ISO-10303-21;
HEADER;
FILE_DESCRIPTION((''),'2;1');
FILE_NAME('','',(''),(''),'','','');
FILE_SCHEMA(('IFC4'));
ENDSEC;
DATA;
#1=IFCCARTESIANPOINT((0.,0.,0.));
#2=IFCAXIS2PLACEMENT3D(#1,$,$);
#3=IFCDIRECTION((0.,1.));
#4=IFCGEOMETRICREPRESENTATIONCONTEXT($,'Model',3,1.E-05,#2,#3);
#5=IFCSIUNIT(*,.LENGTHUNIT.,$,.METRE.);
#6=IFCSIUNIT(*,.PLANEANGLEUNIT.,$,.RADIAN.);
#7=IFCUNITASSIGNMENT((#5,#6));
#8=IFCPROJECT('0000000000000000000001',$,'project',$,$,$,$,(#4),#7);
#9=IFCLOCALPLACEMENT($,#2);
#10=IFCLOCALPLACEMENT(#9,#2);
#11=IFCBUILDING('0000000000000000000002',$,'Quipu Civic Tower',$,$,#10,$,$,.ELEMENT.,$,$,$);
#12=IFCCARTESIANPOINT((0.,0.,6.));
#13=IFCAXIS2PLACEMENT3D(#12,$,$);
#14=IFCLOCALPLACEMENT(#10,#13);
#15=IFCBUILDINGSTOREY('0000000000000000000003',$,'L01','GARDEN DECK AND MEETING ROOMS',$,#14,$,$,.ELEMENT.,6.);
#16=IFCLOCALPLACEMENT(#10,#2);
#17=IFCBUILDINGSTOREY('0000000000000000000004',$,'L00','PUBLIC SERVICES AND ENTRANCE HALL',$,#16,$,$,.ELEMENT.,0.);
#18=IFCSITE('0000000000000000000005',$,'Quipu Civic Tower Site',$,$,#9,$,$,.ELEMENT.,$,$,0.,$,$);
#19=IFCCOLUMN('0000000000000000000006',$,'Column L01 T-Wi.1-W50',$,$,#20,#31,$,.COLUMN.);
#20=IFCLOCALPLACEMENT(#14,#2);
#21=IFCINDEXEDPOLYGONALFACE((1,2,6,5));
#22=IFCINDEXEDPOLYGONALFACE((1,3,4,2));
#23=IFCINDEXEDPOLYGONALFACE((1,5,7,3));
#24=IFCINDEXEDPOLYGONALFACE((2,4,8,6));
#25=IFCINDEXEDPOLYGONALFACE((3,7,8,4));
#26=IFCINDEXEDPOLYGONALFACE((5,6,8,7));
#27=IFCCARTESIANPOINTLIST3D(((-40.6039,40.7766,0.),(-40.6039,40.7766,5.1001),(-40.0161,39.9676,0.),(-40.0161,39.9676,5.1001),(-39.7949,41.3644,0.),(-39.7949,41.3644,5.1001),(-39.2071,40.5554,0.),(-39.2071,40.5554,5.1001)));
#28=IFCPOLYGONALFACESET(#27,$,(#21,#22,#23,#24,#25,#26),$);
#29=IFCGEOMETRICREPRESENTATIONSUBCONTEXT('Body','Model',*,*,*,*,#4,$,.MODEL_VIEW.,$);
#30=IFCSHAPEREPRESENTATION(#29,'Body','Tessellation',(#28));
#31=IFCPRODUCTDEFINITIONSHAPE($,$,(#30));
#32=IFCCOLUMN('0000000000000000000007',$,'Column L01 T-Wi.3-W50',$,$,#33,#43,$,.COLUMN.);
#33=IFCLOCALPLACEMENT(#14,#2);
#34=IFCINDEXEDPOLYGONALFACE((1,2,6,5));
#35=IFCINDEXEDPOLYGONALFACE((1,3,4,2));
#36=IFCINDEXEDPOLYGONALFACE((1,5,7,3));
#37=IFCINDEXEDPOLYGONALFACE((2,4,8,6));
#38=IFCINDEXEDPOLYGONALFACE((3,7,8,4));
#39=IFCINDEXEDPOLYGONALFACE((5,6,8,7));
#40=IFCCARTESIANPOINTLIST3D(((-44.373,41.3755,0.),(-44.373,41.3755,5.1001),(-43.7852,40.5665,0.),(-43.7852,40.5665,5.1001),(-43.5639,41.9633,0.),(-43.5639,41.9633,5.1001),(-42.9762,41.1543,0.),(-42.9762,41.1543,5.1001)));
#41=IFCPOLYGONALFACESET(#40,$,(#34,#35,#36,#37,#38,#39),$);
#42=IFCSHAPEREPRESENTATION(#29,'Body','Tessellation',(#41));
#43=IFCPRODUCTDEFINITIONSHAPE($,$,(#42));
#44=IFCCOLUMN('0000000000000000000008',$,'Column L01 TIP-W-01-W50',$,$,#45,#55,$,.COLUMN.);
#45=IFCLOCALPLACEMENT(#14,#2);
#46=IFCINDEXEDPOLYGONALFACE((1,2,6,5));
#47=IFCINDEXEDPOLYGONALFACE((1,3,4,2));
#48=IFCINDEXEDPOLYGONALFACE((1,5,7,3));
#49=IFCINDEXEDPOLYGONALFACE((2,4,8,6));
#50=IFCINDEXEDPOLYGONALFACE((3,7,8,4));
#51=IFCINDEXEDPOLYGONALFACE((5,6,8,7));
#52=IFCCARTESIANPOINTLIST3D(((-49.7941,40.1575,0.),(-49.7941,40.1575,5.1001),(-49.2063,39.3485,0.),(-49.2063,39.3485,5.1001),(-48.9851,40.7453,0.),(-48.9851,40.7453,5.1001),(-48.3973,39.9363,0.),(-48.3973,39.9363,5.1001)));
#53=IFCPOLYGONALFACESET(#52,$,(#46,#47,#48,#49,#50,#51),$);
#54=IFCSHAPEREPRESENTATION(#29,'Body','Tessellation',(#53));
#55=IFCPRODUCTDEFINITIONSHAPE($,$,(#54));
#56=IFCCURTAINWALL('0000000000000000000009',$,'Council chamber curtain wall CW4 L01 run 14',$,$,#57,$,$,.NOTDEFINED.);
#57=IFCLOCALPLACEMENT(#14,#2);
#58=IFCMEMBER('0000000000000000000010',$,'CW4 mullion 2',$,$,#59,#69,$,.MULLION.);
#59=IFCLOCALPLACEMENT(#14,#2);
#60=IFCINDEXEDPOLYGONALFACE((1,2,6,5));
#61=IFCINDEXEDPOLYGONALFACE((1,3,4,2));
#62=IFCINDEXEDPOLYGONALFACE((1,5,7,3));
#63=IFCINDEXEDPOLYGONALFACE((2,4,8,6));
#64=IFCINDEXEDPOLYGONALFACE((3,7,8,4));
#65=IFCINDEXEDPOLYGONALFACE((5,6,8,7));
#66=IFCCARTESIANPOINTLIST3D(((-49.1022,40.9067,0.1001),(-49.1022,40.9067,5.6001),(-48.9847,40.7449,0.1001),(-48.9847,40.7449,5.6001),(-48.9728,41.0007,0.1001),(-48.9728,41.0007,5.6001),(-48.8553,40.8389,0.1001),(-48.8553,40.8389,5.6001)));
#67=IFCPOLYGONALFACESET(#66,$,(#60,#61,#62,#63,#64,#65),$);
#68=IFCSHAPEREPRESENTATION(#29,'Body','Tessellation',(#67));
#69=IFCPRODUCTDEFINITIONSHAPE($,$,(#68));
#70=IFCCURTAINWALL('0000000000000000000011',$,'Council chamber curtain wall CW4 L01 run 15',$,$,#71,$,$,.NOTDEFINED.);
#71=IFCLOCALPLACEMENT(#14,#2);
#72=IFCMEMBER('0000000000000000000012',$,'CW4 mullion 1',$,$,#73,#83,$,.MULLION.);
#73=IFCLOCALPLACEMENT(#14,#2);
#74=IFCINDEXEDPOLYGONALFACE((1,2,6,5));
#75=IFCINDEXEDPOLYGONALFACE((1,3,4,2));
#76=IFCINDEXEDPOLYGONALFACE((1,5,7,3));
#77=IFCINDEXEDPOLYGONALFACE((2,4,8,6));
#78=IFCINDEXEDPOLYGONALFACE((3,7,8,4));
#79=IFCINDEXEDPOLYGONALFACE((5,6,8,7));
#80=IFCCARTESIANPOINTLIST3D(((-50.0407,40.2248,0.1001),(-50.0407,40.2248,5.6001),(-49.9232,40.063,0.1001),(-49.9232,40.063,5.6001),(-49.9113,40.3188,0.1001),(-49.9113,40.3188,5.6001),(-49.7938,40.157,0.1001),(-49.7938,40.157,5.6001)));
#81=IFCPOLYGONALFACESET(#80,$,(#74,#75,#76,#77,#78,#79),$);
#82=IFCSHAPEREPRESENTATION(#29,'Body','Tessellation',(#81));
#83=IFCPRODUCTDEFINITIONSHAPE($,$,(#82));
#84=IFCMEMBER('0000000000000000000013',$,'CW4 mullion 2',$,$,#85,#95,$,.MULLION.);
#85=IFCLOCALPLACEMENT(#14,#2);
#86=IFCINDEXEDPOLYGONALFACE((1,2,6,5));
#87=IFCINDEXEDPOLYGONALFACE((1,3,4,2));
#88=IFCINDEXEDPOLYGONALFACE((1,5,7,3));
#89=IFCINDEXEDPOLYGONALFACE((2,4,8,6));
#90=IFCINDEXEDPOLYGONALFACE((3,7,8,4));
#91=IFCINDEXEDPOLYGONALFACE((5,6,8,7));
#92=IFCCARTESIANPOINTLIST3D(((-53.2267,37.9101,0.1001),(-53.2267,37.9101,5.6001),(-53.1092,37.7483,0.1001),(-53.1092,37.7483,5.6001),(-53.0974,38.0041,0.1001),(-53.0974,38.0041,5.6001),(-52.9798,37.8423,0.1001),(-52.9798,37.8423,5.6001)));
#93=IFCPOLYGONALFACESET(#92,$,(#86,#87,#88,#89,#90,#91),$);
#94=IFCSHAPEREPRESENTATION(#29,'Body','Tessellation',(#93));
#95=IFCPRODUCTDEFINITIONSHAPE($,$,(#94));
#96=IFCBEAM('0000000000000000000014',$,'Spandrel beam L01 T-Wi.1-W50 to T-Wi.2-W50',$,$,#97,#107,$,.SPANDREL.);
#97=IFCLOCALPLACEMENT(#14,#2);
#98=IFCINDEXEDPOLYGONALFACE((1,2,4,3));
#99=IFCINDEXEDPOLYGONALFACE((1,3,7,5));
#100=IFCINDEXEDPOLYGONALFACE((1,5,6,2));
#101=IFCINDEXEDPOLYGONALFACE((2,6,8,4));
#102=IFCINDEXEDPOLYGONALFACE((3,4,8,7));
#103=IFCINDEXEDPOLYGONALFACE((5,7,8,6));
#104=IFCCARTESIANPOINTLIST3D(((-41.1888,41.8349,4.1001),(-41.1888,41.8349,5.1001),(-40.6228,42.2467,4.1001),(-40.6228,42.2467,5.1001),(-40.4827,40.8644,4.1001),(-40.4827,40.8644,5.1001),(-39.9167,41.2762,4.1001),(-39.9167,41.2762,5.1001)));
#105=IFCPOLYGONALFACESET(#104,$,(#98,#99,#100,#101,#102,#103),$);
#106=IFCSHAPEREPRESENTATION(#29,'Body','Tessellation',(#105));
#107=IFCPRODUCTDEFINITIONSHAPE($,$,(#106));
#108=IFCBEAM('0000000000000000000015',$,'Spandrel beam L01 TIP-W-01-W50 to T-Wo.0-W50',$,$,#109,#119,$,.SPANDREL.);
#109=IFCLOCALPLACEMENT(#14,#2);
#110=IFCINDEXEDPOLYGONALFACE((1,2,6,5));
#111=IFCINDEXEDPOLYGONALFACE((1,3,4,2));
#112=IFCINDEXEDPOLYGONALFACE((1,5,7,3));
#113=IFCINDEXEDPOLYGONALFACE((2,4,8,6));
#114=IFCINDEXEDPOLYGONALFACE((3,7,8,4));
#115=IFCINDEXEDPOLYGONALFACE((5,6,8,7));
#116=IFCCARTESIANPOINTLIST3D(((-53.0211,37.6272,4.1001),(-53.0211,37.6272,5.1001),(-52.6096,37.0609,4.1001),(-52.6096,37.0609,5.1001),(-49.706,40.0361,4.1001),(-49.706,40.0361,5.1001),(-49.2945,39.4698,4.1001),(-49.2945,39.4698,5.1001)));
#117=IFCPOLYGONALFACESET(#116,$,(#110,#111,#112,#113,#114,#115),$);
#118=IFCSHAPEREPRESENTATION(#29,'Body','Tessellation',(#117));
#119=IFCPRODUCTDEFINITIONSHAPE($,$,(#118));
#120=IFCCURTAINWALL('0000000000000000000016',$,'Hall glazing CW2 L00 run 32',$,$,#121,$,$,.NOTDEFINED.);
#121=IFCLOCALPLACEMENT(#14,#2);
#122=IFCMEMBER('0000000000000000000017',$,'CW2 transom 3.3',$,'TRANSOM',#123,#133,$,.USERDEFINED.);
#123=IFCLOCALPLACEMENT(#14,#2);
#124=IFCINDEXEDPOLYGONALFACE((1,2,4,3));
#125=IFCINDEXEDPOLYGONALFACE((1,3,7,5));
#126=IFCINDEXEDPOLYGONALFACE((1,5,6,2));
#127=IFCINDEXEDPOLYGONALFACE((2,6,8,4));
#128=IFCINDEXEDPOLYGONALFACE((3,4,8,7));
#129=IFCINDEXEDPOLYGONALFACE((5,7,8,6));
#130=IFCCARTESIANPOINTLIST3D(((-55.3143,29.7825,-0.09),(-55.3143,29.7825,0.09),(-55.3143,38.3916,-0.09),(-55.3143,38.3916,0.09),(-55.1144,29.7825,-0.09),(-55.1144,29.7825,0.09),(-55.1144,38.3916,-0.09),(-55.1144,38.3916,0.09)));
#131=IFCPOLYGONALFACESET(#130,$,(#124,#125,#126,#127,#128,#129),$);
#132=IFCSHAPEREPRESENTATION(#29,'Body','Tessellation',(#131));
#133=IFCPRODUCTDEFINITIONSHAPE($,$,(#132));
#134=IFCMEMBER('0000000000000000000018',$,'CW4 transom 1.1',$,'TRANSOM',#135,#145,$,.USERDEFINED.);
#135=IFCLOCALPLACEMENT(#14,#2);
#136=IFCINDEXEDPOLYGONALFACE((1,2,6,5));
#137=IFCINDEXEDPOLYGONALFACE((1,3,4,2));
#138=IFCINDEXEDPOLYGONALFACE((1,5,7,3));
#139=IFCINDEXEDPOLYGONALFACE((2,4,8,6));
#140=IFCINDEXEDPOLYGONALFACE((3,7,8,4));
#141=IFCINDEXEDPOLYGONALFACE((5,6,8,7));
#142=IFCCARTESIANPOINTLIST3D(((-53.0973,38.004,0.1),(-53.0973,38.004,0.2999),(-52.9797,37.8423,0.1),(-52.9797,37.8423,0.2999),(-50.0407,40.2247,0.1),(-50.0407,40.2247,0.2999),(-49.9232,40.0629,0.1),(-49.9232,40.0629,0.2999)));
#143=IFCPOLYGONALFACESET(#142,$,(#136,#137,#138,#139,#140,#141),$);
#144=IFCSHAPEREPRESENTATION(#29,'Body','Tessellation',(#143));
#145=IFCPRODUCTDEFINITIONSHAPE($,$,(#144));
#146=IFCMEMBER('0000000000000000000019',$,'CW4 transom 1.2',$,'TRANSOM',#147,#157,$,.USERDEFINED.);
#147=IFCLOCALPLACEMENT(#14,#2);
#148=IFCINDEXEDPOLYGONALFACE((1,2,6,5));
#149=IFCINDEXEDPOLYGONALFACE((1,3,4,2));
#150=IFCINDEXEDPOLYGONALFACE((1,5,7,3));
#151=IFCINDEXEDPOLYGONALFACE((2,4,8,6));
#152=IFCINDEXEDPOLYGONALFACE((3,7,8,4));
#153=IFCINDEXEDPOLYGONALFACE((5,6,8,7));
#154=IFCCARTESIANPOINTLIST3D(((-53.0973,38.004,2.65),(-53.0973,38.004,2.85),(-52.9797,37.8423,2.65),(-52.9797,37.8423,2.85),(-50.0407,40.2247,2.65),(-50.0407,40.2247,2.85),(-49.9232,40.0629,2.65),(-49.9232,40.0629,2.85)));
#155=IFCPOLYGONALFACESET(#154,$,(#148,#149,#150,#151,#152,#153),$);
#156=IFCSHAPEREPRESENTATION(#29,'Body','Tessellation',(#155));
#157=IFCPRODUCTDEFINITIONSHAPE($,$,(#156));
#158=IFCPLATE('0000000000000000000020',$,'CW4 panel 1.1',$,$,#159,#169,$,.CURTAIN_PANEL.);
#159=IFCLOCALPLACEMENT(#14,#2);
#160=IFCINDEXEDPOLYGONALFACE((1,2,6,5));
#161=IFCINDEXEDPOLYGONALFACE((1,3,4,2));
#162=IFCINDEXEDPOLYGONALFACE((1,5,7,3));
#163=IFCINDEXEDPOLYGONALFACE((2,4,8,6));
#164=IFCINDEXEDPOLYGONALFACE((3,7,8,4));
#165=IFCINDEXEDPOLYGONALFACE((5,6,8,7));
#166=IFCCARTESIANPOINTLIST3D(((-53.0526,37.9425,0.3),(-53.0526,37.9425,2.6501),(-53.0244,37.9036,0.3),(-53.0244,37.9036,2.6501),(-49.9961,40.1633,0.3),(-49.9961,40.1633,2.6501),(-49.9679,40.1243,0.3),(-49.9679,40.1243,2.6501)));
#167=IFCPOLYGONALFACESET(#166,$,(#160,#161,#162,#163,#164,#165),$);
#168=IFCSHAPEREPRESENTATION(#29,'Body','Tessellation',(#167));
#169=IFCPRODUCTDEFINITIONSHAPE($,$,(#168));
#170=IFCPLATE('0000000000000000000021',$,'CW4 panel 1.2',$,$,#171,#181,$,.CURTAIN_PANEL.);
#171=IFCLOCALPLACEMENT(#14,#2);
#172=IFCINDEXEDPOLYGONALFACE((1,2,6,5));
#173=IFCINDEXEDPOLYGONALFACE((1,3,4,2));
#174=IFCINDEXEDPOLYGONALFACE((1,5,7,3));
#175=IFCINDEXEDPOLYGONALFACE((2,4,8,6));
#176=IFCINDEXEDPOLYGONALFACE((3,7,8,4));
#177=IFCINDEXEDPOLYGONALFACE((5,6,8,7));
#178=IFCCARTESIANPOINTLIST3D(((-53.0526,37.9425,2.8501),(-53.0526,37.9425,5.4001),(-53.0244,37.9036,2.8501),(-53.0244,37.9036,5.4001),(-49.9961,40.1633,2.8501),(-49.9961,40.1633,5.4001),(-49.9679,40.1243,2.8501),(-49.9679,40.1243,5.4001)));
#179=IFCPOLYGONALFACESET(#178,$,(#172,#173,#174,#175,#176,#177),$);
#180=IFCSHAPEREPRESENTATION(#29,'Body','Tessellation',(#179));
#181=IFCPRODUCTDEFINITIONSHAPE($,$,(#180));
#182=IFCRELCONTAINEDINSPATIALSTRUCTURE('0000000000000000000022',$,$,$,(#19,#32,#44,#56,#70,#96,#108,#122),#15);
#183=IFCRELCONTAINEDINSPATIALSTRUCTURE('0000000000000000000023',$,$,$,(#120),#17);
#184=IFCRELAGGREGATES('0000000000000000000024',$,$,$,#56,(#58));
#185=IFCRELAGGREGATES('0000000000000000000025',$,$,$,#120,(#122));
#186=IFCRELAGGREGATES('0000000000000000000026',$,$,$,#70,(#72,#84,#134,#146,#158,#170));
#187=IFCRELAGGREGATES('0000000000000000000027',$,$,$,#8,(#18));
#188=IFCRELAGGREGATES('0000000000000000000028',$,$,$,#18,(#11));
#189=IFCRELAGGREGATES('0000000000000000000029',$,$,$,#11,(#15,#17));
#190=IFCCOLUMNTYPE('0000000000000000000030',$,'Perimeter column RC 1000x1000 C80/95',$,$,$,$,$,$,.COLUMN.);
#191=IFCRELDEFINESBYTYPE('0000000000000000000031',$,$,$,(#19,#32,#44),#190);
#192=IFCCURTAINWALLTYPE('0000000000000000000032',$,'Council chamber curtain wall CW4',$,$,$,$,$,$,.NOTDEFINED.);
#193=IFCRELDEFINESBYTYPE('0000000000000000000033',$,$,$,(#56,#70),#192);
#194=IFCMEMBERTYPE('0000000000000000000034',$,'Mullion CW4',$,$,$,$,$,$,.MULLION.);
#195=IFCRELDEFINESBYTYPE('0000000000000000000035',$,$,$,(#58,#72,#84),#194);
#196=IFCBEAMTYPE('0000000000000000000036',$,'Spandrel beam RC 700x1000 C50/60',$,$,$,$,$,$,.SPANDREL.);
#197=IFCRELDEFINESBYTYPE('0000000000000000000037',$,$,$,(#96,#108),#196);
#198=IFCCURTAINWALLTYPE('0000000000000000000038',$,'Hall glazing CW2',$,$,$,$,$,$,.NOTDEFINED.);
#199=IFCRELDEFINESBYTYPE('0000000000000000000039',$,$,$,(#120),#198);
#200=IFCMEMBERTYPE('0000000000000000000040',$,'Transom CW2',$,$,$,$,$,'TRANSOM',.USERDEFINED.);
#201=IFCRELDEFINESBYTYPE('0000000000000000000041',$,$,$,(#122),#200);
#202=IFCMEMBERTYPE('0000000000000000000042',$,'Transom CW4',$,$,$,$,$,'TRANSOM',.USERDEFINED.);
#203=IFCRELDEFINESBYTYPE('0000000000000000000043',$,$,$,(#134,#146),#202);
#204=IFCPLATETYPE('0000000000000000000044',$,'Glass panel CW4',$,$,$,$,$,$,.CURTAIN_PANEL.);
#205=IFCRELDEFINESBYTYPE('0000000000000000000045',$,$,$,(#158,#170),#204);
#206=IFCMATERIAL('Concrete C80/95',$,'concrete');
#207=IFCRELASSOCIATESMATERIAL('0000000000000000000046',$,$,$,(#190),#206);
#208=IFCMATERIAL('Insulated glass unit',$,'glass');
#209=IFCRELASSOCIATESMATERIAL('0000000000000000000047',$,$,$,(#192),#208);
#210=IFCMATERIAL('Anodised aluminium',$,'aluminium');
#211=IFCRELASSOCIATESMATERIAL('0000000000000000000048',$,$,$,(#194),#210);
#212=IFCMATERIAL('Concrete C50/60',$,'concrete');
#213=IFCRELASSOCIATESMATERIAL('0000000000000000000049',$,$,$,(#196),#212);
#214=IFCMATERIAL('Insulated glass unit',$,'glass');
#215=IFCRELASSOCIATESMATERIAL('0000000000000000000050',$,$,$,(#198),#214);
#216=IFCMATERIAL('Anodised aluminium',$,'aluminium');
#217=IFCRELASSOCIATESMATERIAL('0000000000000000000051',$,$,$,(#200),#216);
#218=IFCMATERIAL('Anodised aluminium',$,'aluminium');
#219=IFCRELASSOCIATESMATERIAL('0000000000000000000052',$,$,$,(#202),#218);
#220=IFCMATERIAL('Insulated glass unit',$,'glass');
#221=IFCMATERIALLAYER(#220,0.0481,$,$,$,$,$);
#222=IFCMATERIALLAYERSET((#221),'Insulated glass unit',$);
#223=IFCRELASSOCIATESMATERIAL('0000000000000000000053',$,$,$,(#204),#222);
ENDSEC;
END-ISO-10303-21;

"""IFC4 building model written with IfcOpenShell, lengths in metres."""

from ifc_helpers import new_model, si_unit, direction, frame, origin, origin_2d, place, context, subcontext, project, spatial, rectangle, extrude, material, layer, layer_set, material_profile, profile_set, type_object, element, aggregate, save


model = new_model("IFC4")

# Units and contexts
model_context = context("Model", 3, precision=1e-05, world=origin(), true_north=direction((0.0, 1.0)))
body_context = subcontext(model_context, "Body", "Model", "MODEL_VIEW")
ifc_project = project(units=[si_unit("LENGTHUNIT", "METRE"), si_unit("PLANEANGLEUNIT", "RADIAN")], contexts=[model_context])

# Site, building, storey
site_placement = place(None, origin())
site = spatial("IfcSite", under=ifc_project, at=site_placement, Name="Quipu Civic Tower Site", CompositionType="ELEMENT", RefElevation=0.0)
building_placement = place(site_placement, origin())
building = spatial("IfcBuilding", under=site, at=building_placement, Name="Quipu Civic Tower", CompositionType="ELEMENT")
storey_1_placement = place(building_placement, frame((0.0, 0.0, 6.0)))
storey_1 = spatial("IfcBuildingStorey", under=building, at=storey_1_placement, Name="L01", Description="GARDEN DECK AND MEETING ROOMS", CompositionType="ELEMENT", Elevation=6.0)

# Columns
ifc_material_1 = material(Name="Concrete C80/95", Category="concrete")
ifc_material_profile_1 = material_profile(ifc_material_1, rectangle(XDim=1.0, YDim=1.0, at=origin_2d()), Name="RC1000x1000")
ifc_profile_set_1 = profile_set([ifc_material_profile_1], Name="Concrete C80/95")
column_type = type_object("IfcColumnType", Name="Perimeter column RC 1000x1000 C80/95", PredefinedType="COLUMN", material=ifc_profile_set_1)
for number, where, z_axis, x_axis, name in (
    (1, (-39.9055, 40.666, 0.0), (0.0, 0.0, 1.0), (-0.587785, 0.809017, 0.0), "Column L01 T-Wi.1-W50"),
    (2, (-43.6746, 41.2649, 0.0), (0.0, 0.0, 1.0), (-0.809017, -0.587785, 0.0), "Column L01 T-Wi.3-W50"),
    (3, (-49.0957, 40.0469, 0.0), (0.0, 0.0, 1.0), (-0.809017, -0.587785, 0.0), "Column L01 TIP-W-01-W50"),
):
    element("IfcColumn", number, at=place(storey_1_placement, frame(where, z_axis=z_axis, x_axis=x_axis)), inside=storey_1, type_object=column_type, Name=name, PredefinedType="COLUMN", context=body_context, shape_type="SweptSolid", body=[
        extrude(rectangle(XDim=1.0, YDim=1.0, at=origin_2d()), origin(), (0.0, 0.0, 1.0), 5.1001),
    ])

# Curtain wall, member
ifc_material_2 = material(Name="Insulated glass unit", Category="glass")
curtain_wall_type_1 = type_object("IfcCurtainWallType", Name="Council chamber curtain wall CW4", PredefinedType="NOTDEFINED", material=ifc_material_2)
curtain_wall_1_placement = place(storey_1_placement, origin())
curtain_wall_1 = element("IfcCurtainWall", 4, at=curtain_wall_1_placement, inside=storey_1, type_object=curtain_wall_type_1, Name="Council chamber curtain wall CW4 L01 run 14", PredefinedType="NOTDEFINED")
ifc_material_3 = material(Name="Anodised aluminium", Category="aluminium")
ifc_material_profile_2 = material_profile(ifc_material_3, rectangle(XDim=0.2, YDim=0.1599, at=origin_2d()), Name="RECT 200x160")
ifc_profile_set_2 = profile_set([ifc_material_profile_2], Name="Anodised aluminium")
member_type_1 = type_object("IfcMemberType", Name="Mullion CW4", PredefinedType="MULLION", material=ifc_profile_set_2)
member_1_placement = place(storey_1_placement, frame((-48.9788, 40.8728, 0.1001), z_axis=(0.0, 0.0, 1.0), x_axis=(0.587767, -0.80903, 0.0)))
member_1 = element("IfcMember", 5, at=member_1_placement, type_object=member_type_1, Name="CW4 mullion 2", PredefinedType="MULLION", context=body_context, shape_type="SweptSolid", body=[
    extrude(rectangle(XDim=0.2, YDim=0.1599, at=origin_2d()), origin(), (0.0, 0.0, 1.0), 5.5),
])
aggregate(curtain_wall_1, [member_1])

# Curtain wall, members
curtain_wall_2_placement = place(storey_1_placement, origin())
curtain_wall_2 = element("IfcCurtainWall", 6, at=curtain_wall_2_placement, inside=storey_1, type_object=curtain_wall_type_1, Name="Council chamber curtain wall CW4 L01 run 15", PredefinedType="NOTDEFINED")
member_2_placement = place(storey_1_placement, frame((-49.9172, 40.1909, 0.1001), z_axis=(0.0, 0.0, 1.0), x_axis=(0.587789, -0.809015, 0.0)))
member_2 = element("IfcMember", 7, at=member_2_placement, type_object=member_type_1, Name="CW4 mullion 1", PredefinedType="MULLION", context=body_context, shape_type="SweptSolid", body=[
    extrude(rectangle(XDim=0.2, YDim=0.1599, at=origin_2d()), origin(), (0.0, 0.0, 1.0), 5.5),
])
member_3_placement = place(storey_1_placement, frame((-53.1033, 37.8762, 0.1001), z_axis=(0.0, 0.0, 1.0), x_axis=(0.587789, -0.809015, 0.0)))
member_3 = element("IfcMember", 8, at=member_3_placement, type_object=member_type_1, Name="CW4 mullion 2", PredefinedType="MULLION", context=body_context, shape_type="SweptSolid", body=[
    extrude(rectangle(XDim=0.2, YDim=0.1599, at=origin_2d()), origin(), (0.0, 0.0, 1.0), 5.5),
])

# Beams
ifc_material_4 = material(Name="Concrete C50/60", Category="concrete")
ifc_material_profile_3 = material_profile(ifc_material_4, rectangle(XDim=0.7, YDim=1.0, at=origin_2d()), Name="RC700x1000")
ifc_profile_set_3 = profile_set([ifc_material_profile_3], Name="Concrete C50/60")
beam_type = type_object("IfcBeamType", Name="Spandrel beam RC 700x1000 C50/60", PredefinedType="SPANDREL", material=ifc_profile_set_3)
beam_1_placement = place(storey_1_placement, frame((-40.1997, 41.0703, 4.6001), z_axis=(-0.588317, 0.808631, 0.0), x_axis=(-0.808631, -0.588317, 0.0)))
element("IfcBeam", 9, at=beam_1_placement, inside=storey_1, type_object=beam_type, Name="Spandrel beam L01 T-Wi.1-W50 to T-Wi.2-W50", PredefinedType="SPANDREL", context=body_context, shape_type="SweptSolid", body=[
    extrude(rectangle(XDim=0.7, YDim=1.0, at=origin_2d()), origin(), (0.0, 0.0, 1.0), 1.2002),
])
beam_2_placement = place(storey_1_placement, frame((-49.5002, 39.7529, 4.6001), z_axis=(-0.808981, -0.587835, 0.0), x_axis=(0.587835, -0.808981, 0.0)))
element("IfcBeam", 10, at=beam_2_placement, inside=storey_1, type_object=beam_type, Name="Spandrel beam L01 TIP-W-01-W50 to T-Wo.0-W50", PredefinedType="SPANDREL", context=body_context, shape_type="SweptSolid", body=[
    extrude(rectangle(XDim=0.7, YDim=1.0, at=origin_2d()), origin(), (0.0, 0.0, 1.0), 4.0979),
])

# Shared definitions
storey_2_placement = place(building_placement, origin())
storey_2 = spatial("IfcBuildingStorey", under=building, at=storey_2_placement, Name="L00", Description="PUBLIC SERVICES AND ENTRANCE HALL", CompositionType="ELEMENT", Elevation=0.0)

# Curtain wall, member
ifc_material_5 = material(Name="Insulated glass unit", Category="glass")
curtain_wall_type_2 = type_object("IfcCurtainWallType", Name="Hall glazing CW2", PredefinedType="NOTDEFINED", material=ifc_material_5)
curtain_wall_3_placement = place(storey_2_placement, origin())
curtain_wall_3 = element("IfcCurtainWall", 11, at=curtain_wall_3_placement, inside=storey_2, type_object=curtain_wall_type_2, Name="Hall glazing CW2 L00 run 32", PredefinedType="NOTDEFINED")
ifc_material_6 = material(Name="Anodised aluminium", Category="aluminium")
ifc_material_profile_4 = material_profile(ifc_material_6, rectangle(XDim=0.2, YDim=0.1799, at=origin_2d()), Name="RECT 200x180")
ifc_profile_set_4 = profile_set([ifc_material_profile_4], Name="Anodised aluminium")
member_type_2 = type_object("IfcMemberType", Name="Transom CW2", ElementType="TRANSOM", PredefinedType="USERDEFINED", material=ifc_profile_set_4)
member_4_placement = place(storey_1_placement, frame((-55.2144, 38.3916, 0.0), z_axis=(0.0, -1.0, 0.0), x_axis=(1.0, 0.0, 0.0)))
member_4 = element("IfcMember", 12, at=member_4_placement, inside=storey_1, type_object=member_type_2, Name="CW2 transom 3.3", ObjectType="TRANSOM", PredefinedType="USERDEFINED", context=body_context, shape_type="SweptSolid", body=[
    extrude(rectangle(XDim=0.2, YDim=0.1799, at=origin_2d()), origin(), (0.0, 0.0, 1.0), 8.6091),
])
aggregate(curtain_wall_3, [member_4])

# Members
ifc_material_7 = material(Name="Anodised aluminium", Category="aluminium")
ifc_material_profile_5 = material_profile(ifc_material_7, rectangle(XDim=0.2, YDim=0.2, at=origin_2d()), Name="RECT 200x200")
ifc_profile_set_5 = profile_set([ifc_material_profile_5], Name="Anodised aluminium")
member_type_3 = type_object("IfcMemberType", Name="Transom CW4", ElementType="TRANSOM", PredefinedType="USERDEFINED", material=ifc_profile_set_5)
member_5_placement = place(storey_1_placement, frame((-49.9819, 40.1438, 0.2), z_axis=(-0.809027, -0.587772, 0.0), x_axis=(0.587772, -0.809027, 0.0)))
member_5 = element("IfcMember", 13, at=member_5_placement, type_object=member_type_3, Name="CW4 transom 1.1", ObjectType="TRANSOM", PredefinedType="USERDEFINED", context=body_context, shape_type="SweptSolid", body=[
    extrude(rectangle(XDim=0.2, YDim=0.2, at=origin_2d()), origin(), (0.0, 0.0, 1.0), 3.7781),
])
member_6_placement = place(storey_1_placement, frame((-49.9819, 40.1438, 2.75), z_axis=(-0.809027, -0.587772, 0.0), x_axis=(0.587772, -0.809027, 0.0)))
member_6 = element("IfcMember", 14, at=member_6_placement, type_object=member_type_3, Name="CW4 transom 1.2", ObjectType="TRANSOM", PredefinedType="USERDEFINED", context=body_context, shape_type="SweptSolid", body=[
    extrude(rectangle(XDim=0.2, YDim=0.2, at=origin_2d()), origin(), (0.0, 0.0, 1.0), 3.7781),
])

# Plates
ifc_material_8 = material(Name="Insulated glass unit", Category="glass")
ifc_layer_1 = layer(ifc_material_8, 0.0481)
ifc_layer_set_1 = layer_set([ifc_layer_1], Name="Insulated glass unit")
plate_type_1 = type_object("IfcPlateType", Name="Glass panel CW4", PredefinedType="CURTAIN_PANEL", material=ifc_layer_set_1)
plate_1_placement = place(storey_1_placement, frame((-51.5103, 39.0334, 0.3), z_axis=(0.0, 0.0, 1.0), x_axis=(-0.809015, -0.587789, 0.0)))
plate_1 = element("IfcPlate", 15, at=plate_1_placement, type_object=plate_type_1, Name="CW4 panel 1.1", PredefinedType="CURTAIN_PANEL", context=body_context, shape_type="SweptSolid", body=[
    extrude(rectangle(XDim=3.7781, YDim=0.0481, at=origin_2d()), origin(), (0.0, 0.0, 1.0), 2.3501),
])
plate_2_placement = place(storey_1_placement, frame((-51.5103, 39.0334, 2.8501), z_axis=(0.0, 0.0, 1.0), x_axis=(-0.809015, -0.587789, 0.0)))
plate_2 = element("IfcPlate", 16, at=plate_2_placement, type_object=plate_type_1, Name="CW4 panel 1.2", PredefinedType="CURTAIN_PANEL", context=body_context, shape_type="SweptSolid", body=[
    extrude(rectangle(XDim=3.7781, YDim=0.0481, at=origin_2d()), origin(), (0.0, 0.0, 1.0), 2.55),
])
aggregate(curtain_wall_2, [member_2, member_3, member_5, member_6, plate_1, plate_2])

save(model, "model.ifc")
